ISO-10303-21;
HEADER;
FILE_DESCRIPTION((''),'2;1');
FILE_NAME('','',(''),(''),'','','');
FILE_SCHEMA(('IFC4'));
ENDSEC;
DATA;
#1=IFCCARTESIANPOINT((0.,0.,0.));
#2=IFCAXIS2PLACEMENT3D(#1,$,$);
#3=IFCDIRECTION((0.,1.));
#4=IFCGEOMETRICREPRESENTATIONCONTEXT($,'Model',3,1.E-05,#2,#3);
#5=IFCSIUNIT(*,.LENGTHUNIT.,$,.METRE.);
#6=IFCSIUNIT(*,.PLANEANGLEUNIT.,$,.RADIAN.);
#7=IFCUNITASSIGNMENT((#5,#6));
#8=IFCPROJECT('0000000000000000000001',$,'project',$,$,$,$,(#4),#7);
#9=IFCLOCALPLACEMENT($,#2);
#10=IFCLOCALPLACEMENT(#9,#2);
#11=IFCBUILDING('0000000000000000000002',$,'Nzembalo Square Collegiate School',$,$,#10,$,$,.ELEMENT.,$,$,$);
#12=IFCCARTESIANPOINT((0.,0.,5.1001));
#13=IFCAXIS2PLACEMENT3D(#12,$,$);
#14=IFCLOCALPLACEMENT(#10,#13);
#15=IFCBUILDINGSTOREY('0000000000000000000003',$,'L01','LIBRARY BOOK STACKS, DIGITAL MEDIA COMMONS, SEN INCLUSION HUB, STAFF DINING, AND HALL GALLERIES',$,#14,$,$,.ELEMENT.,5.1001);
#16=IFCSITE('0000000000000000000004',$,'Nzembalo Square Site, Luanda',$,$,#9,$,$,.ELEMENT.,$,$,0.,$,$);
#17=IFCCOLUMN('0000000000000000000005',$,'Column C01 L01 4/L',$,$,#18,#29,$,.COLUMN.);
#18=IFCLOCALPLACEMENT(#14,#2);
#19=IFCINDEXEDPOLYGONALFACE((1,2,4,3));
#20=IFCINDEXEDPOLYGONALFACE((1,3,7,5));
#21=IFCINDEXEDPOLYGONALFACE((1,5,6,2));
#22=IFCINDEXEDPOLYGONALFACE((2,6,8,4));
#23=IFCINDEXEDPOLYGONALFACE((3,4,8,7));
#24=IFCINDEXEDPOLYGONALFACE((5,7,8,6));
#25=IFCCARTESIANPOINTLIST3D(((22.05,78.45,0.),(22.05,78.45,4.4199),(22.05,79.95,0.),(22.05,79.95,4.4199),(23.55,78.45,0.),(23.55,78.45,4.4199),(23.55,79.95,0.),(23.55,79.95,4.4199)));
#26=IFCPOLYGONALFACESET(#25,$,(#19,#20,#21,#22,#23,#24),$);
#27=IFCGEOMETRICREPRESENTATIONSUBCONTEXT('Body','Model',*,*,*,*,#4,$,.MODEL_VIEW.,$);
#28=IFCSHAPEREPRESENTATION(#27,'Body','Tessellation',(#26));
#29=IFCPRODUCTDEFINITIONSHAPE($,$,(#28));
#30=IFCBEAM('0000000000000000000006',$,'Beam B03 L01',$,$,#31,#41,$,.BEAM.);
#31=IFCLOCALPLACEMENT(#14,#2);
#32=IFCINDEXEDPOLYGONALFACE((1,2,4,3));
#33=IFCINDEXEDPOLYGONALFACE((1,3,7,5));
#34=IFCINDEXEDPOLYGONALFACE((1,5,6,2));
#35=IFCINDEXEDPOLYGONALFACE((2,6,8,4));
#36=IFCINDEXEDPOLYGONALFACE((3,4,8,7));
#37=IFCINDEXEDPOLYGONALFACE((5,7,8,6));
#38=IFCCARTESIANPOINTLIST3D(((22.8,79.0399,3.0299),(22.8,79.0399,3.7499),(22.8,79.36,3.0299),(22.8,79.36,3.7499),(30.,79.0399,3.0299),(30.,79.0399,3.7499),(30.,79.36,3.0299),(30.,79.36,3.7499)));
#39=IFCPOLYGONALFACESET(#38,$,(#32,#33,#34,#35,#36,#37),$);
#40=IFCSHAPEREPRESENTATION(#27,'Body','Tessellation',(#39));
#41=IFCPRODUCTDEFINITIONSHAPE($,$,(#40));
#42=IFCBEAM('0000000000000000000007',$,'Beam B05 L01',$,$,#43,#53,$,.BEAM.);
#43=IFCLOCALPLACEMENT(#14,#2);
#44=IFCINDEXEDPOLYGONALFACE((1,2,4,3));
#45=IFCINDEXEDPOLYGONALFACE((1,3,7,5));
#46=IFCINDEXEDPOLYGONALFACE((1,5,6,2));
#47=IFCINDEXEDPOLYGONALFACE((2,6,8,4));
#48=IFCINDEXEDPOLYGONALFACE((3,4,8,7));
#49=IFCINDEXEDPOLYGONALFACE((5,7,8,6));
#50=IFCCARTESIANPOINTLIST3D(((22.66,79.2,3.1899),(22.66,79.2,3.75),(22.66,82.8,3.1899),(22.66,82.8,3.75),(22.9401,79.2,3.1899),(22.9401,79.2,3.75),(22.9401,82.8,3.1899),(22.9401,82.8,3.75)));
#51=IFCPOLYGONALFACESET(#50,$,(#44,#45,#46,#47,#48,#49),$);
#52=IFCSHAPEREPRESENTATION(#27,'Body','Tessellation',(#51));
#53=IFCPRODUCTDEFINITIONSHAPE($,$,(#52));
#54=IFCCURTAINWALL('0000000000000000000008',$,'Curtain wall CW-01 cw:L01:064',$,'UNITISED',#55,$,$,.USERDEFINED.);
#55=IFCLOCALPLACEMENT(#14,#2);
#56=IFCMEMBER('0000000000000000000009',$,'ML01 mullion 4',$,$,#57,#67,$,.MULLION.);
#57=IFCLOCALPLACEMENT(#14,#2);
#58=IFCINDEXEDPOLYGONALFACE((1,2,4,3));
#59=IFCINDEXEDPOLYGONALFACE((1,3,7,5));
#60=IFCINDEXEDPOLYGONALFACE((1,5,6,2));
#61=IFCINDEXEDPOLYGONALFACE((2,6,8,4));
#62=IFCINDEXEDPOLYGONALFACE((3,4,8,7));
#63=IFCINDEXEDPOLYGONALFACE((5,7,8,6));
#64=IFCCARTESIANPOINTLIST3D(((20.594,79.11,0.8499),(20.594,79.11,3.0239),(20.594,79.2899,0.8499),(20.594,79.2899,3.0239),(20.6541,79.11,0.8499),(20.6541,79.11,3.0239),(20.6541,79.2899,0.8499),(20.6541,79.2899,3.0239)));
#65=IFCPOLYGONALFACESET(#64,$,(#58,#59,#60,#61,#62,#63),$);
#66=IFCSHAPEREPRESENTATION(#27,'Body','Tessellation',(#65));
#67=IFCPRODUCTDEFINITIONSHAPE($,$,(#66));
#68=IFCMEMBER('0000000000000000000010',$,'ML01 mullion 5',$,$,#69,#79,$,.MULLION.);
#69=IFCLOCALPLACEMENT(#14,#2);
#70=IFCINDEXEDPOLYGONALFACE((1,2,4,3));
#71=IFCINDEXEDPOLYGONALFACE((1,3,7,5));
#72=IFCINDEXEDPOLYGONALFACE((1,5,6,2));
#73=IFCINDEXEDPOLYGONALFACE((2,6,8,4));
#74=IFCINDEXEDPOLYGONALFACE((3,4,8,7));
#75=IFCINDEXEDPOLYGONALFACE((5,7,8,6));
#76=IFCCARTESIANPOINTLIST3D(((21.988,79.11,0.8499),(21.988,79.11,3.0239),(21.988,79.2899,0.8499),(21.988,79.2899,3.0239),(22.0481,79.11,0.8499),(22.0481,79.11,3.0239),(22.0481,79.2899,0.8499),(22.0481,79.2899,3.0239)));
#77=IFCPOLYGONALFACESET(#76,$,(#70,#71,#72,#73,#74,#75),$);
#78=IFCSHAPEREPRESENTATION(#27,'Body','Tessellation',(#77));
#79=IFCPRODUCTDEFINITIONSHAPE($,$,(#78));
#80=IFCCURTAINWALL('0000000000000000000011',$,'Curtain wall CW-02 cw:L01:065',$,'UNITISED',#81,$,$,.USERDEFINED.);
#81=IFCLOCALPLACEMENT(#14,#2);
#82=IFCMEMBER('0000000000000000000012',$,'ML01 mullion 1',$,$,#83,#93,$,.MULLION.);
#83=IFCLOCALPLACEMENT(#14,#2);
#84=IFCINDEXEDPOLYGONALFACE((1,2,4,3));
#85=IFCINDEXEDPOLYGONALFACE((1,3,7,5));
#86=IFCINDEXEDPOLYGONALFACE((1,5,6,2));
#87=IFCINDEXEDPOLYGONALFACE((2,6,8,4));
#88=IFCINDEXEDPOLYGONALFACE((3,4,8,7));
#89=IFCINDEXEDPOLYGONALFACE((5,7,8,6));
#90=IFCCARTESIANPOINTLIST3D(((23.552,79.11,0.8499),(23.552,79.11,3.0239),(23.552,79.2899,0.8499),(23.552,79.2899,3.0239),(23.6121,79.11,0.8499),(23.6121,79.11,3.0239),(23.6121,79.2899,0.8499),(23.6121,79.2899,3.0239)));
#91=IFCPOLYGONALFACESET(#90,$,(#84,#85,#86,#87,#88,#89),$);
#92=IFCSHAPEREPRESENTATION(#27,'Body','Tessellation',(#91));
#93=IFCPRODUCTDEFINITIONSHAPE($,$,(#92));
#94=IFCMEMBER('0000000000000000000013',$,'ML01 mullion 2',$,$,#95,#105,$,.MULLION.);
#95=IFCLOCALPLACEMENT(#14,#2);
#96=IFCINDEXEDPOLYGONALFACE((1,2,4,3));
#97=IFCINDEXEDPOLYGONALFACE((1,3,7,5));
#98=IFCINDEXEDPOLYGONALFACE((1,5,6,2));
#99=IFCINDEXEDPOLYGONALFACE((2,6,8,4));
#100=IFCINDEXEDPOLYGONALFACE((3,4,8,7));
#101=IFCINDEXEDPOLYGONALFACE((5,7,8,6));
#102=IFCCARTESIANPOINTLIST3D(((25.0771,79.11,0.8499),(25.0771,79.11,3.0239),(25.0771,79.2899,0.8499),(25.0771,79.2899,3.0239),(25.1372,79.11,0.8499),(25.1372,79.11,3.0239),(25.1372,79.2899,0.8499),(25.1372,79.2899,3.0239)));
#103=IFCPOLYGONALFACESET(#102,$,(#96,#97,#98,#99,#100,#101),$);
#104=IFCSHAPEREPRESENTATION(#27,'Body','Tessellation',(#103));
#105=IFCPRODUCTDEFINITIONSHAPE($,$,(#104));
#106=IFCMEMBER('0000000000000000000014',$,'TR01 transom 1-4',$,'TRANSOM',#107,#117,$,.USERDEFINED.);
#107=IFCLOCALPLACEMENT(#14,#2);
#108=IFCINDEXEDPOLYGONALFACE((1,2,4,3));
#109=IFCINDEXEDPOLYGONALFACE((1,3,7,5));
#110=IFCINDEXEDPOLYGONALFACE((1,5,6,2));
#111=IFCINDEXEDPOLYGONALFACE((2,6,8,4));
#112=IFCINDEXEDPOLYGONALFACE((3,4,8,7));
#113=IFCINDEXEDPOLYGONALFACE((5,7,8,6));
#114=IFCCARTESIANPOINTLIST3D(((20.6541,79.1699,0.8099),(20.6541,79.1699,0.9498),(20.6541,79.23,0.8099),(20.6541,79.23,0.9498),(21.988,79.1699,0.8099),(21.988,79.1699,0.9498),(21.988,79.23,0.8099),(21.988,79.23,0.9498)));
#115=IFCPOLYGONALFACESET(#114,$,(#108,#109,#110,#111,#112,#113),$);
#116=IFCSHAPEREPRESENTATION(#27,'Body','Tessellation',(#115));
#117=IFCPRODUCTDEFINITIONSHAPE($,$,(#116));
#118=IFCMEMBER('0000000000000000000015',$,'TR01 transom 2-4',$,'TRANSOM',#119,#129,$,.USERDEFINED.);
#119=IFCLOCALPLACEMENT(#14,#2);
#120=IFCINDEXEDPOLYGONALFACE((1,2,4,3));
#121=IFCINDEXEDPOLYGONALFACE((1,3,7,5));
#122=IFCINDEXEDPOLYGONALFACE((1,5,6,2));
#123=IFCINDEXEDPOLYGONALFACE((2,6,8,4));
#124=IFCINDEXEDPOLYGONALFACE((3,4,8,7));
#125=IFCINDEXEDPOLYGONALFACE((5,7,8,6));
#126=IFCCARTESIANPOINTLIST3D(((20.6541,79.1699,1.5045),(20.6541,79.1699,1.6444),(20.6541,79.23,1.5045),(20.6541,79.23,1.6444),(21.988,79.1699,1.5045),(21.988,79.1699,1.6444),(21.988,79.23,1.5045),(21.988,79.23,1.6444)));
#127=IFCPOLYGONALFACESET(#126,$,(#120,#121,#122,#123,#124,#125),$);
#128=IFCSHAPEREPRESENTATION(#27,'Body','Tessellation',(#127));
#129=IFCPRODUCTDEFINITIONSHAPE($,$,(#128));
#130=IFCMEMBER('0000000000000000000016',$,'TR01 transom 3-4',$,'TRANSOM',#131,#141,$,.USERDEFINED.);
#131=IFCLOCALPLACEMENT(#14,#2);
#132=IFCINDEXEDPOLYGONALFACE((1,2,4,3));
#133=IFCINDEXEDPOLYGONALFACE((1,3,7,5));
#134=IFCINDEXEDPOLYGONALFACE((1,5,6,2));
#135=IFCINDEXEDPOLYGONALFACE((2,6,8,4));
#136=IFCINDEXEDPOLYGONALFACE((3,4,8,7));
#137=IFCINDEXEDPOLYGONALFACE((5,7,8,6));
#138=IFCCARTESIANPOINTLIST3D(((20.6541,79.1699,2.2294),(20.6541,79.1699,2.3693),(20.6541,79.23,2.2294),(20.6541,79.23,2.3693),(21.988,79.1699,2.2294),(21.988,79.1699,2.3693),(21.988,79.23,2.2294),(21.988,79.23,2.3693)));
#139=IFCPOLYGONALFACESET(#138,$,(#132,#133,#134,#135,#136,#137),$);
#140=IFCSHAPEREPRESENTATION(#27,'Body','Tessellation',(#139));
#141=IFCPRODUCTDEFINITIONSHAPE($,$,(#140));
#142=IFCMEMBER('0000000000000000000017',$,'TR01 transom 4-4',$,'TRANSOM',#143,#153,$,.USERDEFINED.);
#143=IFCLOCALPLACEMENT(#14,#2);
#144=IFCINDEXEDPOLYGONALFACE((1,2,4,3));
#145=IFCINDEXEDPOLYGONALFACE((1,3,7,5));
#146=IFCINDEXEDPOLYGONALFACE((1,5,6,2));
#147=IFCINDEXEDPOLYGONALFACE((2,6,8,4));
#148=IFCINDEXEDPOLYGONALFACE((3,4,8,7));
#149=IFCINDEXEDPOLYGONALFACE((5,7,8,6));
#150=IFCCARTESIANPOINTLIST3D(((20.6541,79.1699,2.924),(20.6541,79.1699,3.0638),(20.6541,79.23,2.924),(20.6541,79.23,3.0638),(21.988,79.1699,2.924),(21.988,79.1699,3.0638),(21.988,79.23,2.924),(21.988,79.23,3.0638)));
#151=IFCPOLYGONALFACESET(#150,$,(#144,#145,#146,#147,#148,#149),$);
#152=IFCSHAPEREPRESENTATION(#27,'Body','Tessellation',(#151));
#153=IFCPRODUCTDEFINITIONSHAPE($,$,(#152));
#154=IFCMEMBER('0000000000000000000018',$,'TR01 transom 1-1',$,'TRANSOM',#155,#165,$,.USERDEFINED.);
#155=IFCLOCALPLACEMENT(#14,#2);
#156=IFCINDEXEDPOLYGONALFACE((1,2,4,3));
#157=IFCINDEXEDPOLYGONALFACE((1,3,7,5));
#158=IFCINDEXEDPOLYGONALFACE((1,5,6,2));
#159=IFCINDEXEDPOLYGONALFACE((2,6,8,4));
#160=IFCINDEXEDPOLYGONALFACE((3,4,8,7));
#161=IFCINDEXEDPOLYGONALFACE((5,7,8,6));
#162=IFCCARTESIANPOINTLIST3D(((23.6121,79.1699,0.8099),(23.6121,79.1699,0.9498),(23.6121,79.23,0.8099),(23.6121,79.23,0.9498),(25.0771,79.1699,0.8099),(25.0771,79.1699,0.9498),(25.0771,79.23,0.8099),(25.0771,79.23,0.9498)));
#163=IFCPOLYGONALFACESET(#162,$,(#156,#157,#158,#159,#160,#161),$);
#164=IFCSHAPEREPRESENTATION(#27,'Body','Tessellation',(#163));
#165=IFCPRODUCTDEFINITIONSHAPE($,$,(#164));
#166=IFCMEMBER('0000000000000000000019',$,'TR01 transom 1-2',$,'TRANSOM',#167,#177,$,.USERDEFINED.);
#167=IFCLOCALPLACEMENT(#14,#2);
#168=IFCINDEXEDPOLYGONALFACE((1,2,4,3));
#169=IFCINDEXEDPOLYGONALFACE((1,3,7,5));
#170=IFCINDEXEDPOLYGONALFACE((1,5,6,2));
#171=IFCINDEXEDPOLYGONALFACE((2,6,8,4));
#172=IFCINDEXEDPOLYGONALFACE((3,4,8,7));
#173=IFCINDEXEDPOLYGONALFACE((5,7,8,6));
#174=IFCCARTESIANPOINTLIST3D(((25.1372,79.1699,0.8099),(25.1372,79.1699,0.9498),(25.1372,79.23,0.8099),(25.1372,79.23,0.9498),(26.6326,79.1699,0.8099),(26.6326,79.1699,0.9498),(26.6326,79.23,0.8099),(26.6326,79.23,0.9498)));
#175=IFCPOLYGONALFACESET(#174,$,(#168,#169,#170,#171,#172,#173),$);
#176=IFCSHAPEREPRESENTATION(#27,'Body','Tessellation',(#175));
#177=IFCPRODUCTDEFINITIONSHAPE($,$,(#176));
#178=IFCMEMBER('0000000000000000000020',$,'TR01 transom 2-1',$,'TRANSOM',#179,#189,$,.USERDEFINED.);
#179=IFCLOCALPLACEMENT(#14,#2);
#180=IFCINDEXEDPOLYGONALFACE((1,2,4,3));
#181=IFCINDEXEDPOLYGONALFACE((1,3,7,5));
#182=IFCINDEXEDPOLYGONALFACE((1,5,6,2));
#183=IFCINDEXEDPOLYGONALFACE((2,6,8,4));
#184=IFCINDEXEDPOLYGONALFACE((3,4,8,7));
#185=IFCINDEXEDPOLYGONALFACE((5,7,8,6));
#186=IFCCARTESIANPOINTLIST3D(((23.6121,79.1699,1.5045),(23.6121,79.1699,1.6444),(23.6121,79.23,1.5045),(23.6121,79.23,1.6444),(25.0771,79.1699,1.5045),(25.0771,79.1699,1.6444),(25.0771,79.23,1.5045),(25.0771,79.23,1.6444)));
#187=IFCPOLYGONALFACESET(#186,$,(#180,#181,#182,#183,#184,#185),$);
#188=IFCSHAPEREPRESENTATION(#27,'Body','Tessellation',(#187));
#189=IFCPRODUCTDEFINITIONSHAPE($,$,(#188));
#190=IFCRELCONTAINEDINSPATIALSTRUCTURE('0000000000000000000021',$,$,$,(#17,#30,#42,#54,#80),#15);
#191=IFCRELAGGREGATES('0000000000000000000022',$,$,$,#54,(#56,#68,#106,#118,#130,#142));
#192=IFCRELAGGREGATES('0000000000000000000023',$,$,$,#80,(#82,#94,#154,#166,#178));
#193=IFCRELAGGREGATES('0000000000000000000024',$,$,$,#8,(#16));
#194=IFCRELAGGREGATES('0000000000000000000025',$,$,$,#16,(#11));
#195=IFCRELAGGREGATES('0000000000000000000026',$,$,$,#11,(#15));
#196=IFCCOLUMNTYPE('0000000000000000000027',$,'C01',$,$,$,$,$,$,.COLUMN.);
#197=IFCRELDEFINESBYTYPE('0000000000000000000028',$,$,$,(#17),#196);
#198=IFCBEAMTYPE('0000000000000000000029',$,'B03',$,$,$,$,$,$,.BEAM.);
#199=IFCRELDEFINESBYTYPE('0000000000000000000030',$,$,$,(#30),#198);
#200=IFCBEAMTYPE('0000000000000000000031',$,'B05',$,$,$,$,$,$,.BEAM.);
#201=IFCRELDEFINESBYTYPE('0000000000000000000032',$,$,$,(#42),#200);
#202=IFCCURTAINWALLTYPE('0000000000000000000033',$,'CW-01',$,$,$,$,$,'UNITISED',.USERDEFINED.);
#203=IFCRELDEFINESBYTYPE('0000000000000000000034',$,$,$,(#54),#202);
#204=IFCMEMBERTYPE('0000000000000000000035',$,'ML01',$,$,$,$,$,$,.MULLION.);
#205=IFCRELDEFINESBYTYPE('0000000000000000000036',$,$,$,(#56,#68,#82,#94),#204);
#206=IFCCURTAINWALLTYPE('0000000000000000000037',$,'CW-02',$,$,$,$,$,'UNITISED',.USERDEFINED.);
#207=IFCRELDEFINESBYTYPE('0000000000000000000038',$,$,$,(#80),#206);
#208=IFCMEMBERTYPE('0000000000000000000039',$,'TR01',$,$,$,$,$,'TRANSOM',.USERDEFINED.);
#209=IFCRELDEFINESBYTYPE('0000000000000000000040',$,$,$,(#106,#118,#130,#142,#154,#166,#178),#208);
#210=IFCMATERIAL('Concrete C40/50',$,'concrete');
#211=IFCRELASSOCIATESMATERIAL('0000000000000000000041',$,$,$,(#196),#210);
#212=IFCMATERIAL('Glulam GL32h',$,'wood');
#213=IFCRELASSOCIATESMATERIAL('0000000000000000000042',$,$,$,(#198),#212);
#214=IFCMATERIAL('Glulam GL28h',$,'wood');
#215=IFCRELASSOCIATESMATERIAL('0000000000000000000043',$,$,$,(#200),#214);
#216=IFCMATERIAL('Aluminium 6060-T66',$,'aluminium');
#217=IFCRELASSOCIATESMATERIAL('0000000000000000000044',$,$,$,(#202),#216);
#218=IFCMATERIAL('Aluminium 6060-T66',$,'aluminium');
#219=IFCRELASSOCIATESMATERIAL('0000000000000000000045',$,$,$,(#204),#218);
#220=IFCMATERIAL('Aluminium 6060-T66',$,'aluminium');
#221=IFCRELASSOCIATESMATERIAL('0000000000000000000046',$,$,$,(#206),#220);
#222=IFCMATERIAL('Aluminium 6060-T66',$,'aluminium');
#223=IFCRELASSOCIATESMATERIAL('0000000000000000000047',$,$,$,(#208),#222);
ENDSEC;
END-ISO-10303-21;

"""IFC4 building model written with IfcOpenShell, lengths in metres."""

from ifc_helpers import new_model, si_unit, direction, frame, origin, origin_2d, place, context, subcontext, project, spatial, rectangle, extrude, material, material_profile, profile_set, type_object, element, aggregate, save


model = new_model("IFC4")

# Units and contexts
model_context = context("Model", 3, precision=1e-05, world=origin(), true_north=direction((0.0, 1.0)))
body_context = subcontext(model_context, "Body", "Model", "MODEL_VIEW")
ifc_project = project(units=[si_unit("LENGTHUNIT", "METRE"), si_unit("PLANEANGLEUNIT", "RADIAN")], contexts=[model_context])

# Site, building, storey
site_placement = place(None, origin())
site = spatial("IfcSite", under=ifc_project, at=site_placement, Name="Nzembalo Square Site, Luanda", CompositionType="ELEMENT", RefElevation=0.0)
building_placement = place(site_placement, origin())
building = spatial("IfcBuilding", under=site, at=building_placement, Name="Nzembalo Square Collegiate School", CompositionType="ELEMENT")
storey_placement = place(building_placement, frame((0.0, 0.0, 5.1001)))
storey = spatial("IfcBuildingStorey", under=building, at=storey_placement, Name="L01", Description="LIBRARY BOOK STACKS, DIGITAL MEDIA COMMONS, SEN INCLUSION HUB, STAFF DINING, AND HALL GALLERIES", CompositionType="ELEMENT", Elevation=5.1001)

# Column
ifc_material_1 = material(Name="Concrete C40/50", Category="concrete")
ifc_material_profile_1 = material_profile(ifc_material_1, rectangle(XDim=1.5, YDim=1.5, at=origin_2d()), Name="RC 1500x1500")
ifc_profile_set_1 = profile_set([ifc_material_profile_1], Name="Concrete C40/50")
column_type = type_object("IfcColumnType", Name="C01", PredefinedType="COLUMN", material=ifc_profile_set_1)
column_placement = place(storey_placement, frame((22.8, 79.2, 0.0), z_axis=(0.0, 0.0, 1.0), x_axis=(1.0, 0.0, 0.0)))
element("IfcColumn", 1, at=column_placement, inside=storey, type_object=column_type, Name="Column C01 L01 4/L", PredefinedType="COLUMN", context=body_context, shape_type="SweptSolid", body=[
    extrude(rectangle(XDim=1.5, YDim=1.5, at=origin_2d()), origin(), (0.0, 0.0, 1.0), 4.4199),
])

# Beams
ifc_material_2 = material(Name="Glulam GL32h", Category="wood")
ifc_material_profile_2 = material_profile(ifc_material_2, rectangle(XDim=0.3201, YDim=0.72, at=origin_2d()), Name="GL32h 320x720")
ifc_profile_set_2 = profile_set([ifc_material_profile_2], Name="Glulam GL32h")
beam_type_1 = type_object("IfcBeamType", Name="B03", PredefinedType="BEAM", material=ifc_profile_set_2)
beam_1_placement = place(storey_placement, frame((22.8, 79.2, 3.3899), z_axis=(1.0, 0.0, 0.0), x_axis=(0.0, 1.0, 0.0)))
element("IfcBeam", 2, at=beam_1_placement, inside=storey, type_object=beam_type_1, Name="Beam B03 L01", PredefinedType="BEAM", context=body_context, shape_type="SweptSolid", body=[
    extrude(rectangle(XDim=0.3201, YDim=0.72, at=origin_2d()), origin(), (0.0, 0.0, 1.0), 7.2),
])
ifc_material_3 = material(Name="Glulam GL28h", Category="wood")
ifc_material_profile_3 = material_profile(ifc_material_3, rectangle(XDim=0.28, YDim=0.5601, at=origin_2d()), Name="GL28h 280x560")
ifc_profile_set_3 = profile_set([ifc_material_profile_3], Name="Glulam GL28h")
beam_type_2 = type_object("IfcBeamType", Name="B05", PredefinedType="BEAM", material=ifc_profile_set_3)
beam_2_placement = place(storey_placement, frame((22.8, 79.2, 3.47), z_axis=(0.0, 1.0, 0.0), x_axis=(-1.0, 0.0, 0.0)))
element("IfcBeam", 3, at=beam_2_placement, inside=storey, type_object=beam_type_2, Name="Beam B05 L01", PredefinedType="BEAM", context=body_context, shape_type="SweptSolid", body=[
    extrude(rectangle(XDim=0.28, YDim=0.5601, at=origin_2d()), origin(), (0.0, 0.0, 1.0), 3.6001),
])

# Curtain walls, members
ifc_material_4 = material(Name="Aluminium 6060-T66", Category="aluminium")
curtain_wall_type_1 = type_object("IfcCurtainWallType", Name="CW-01", ElementType="UNITISED", PredefinedType="USERDEFINED", material=ifc_material_4)
curtain_wall_1_placement = place(storey_placement, origin())
curtain_wall_1 = element("IfcCurtainWall", 4, at=curtain_wall_1_placement, inside=storey, type_object=curtain_wall_type_1, Name="Curtain wall CW-01 cw:L01:064", ObjectType="UNITISED", PredefinedType="USERDEFINED")
ifc_material_5 = material(Name="Aluminium 6060-T66", Category="aluminium")
ifc_material_profile_4 = material_profile(ifc_material_5, rectangle(XDim=0.0601, YDim=0.1799, at=origin_2d()), Name="ALU M60x180")
ifc_profile_set_4 = profile_set([ifc_material_profile_4], Name="Aluminium 6060-T66")
member_type_1 = type_object("IfcMemberType", Name="ML01", PredefinedType="MULLION", material=ifc_profile_set_4)
member_1_placement = place(storey_placement, frame((20.624, 79.2, 0.8499), z_axis=(0.0, 0.0, 1.0), x_axis=(1.0, 0.0, 0.0)))
member_1 = element("IfcMember", 5, at=member_1_placement, type_object=member_type_1, Name="ML01 mullion 4", PredefinedType="MULLION", context=body_context, shape_type="SweptSolid", body=[
    extrude(rectangle(XDim=0.0601, YDim=0.1799, at=origin_2d()), origin(), (0.0, 0.0, 1.0), 2.1741),
])
member_2_placement = place(storey_placement, frame((22.0181, 79.2, 0.8499), z_axis=(0.0, 0.0, 1.0), x_axis=(1.0, 0.0, 0.0)))
member_2 = element("IfcMember", 6, at=member_2_placement, type_object=member_type_1, Name="ML01 mullion 5", PredefinedType="MULLION", context=body_context, shape_type="SweptSolid", body=[
    extrude(rectangle(XDim=0.0601, YDim=0.1799, at=origin_2d()), origin(), (0.0, 0.0, 1.0), 2.1741),
])
ifc_material_6 = material(Name="Aluminium 6060-T66", Category="aluminium")
curtain_wall_type_2 = type_object("IfcCurtainWallType", Name="CW-02", ElementType="UNITISED", PredefinedType="USERDEFINED", material=ifc_material_6)
curtain_wall_2_placement = place(storey_placement, origin())
curtain_wall_2 = element("IfcCurtainWall", 7, at=curtain_wall_2_placement, inside=storey, type_object=curtain_wall_type_2, Name="Curtain wall CW-02 cw:L01:065", ObjectType="UNITISED", PredefinedType="USERDEFINED")
member_3_placement = place(storey_placement, frame((23.582, 79.2, 0.8499), z_axis=(0.0, 0.0, 1.0), x_axis=(1.0, 0.0, 0.0)))
member_3 = element("IfcMember", 8, at=member_3_placement, type_object=member_type_1, Name="ML01 mullion 1", PredefinedType="MULLION", context=body_context, shape_type="SweptSolid", body=[
    extrude(rectangle(XDim=0.0601, YDim=0.1799, at=origin_2d()), origin(), (0.0, 0.0, 1.0), 2.1741),
])
member_4_placement = place(storey_placement, frame((25.1072, 79.2, 0.8499), z_axis=(0.0, 0.0, 1.0), x_axis=(1.0, 0.0, 0.0)))
member_4 = element("IfcMember", 9, at=member_4_placement, type_object=member_type_1, Name="ML01 mullion 2", PredefinedType="MULLION", context=body_context, shape_type="SweptSolid", body=[
    extrude(rectangle(XDim=0.0601, YDim=0.1799, at=origin_2d()), origin(), (0.0, 0.0, 1.0), 2.1741),
])

# Members
ifc_material_7 = material(Name="Aluminium 6060-T66", Category="aluminium")
ifc_material_profile_5 = material_profile(ifc_material_7, rectangle(XDim=0.0601, YDim=0.1399, at=origin_2d()), Name="ALU T60x140")
ifc_profile_set_5 = profile_set([ifc_material_profile_5], Name="Aluminium 6060-T66")
member_type_2 = type_object("IfcMemberType", Name="TR01", ElementType="TRANSOM", PredefinedType="USERDEFINED", material=ifc_profile_set_5)
member_5_placement = place(storey_placement, frame((20.6541, 79.2, 0.8799), z_axis=(1.0, 0.0, 0.0), x_axis=(0.0, 1.0, 0.0)))
member_5 = element("IfcMember", 10, at=member_5_placement, type_object=member_type_2, Name="TR01 transom 1-4", ObjectType="TRANSOM", PredefinedType="USERDEFINED", context=body_context, shape_type="SweptSolid", body=[
    extrude(rectangle(XDim=0.0601, YDim=0.1399, at=origin_2d()), origin(), (0.0, 0.0, 1.0), 1.334),
])
member_6_placement = place(storey_placement, frame((20.6541, 79.2, 1.5745), z_axis=(1.0, 0.0, 0.0), x_axis=(0.0, 1.0, 0.0)))
member_6 = element("IfcMember", 11, at=member_6_placement, type_object=member_type_2, Name="TR01 transom 2-4", ObjectType="TRANSOM", PredefinedType="USERDEFINED", context=body_context, shape_type="SweptSolid", body=[
    extrude(rectangle(XDim=0.0601, YDim=0.1399, at=origin_2d()), origin(), (0.0, 0.0, 1.0), 1.334),
])
member_7_placement = place(storey_placement, frame((20.6541, 79.2, 2.2993), z_axis=(1.0, 0.0, 0.0), x_axis=(0.0, 1.0, 0.0)))
member_7 = element("IfcMember", 12, at=member_7_placement, type_object=member_type_2, Name="TR01 transom 3-4", ObjectType="TRANSOM", PredefinedType="USERDEFINED", context=body_context, shape_type="SweptSolid", body=[
    extrude(rectangle(XDim=0.0601, YDim=0.1399, at=origin_2d()), origin(), (0.0, 0.0, 1.0), 1.334),
])
member_8_placement = place(storey_placement, frame((20.6541, 79.2, 2.9939), z_axis=(1.0, 0.0, 0.0), x_axis=(0.0, 1.0, 0.0)))
member_8 = element("IfcMember", 13, at=member_8_placement, type_object=member_type_2, Name="TR01 transom 4-4", ObjectType="TRANSOM", PredefinedType="USERDEFINED", context=body_context, shape_type="SweptSolid", body=[
    extrude(rectangle(XDim=0.0601, YDim=0.1399, at=origin_2d()), origin(), (0.0, 0.0, 1.0), 1.334),
])
member_9_placement = place(storey_placement, frame((23.6121, 79.2, 0.8799), z_axis=(1.0, 0.0, 0.0), x_axis=(0.0, 1.0, 0.0)))
member_9 = element("IfcMember", 14, at=member_9_placement, type_object=member_type_2, Name="TR01 transom 1-1", ObjectType="TRANSOM", PredefinedType="USERDEFINED", context=body_context, shape_type="SweptSolid", body=[
    extrude(rectangle(XDim=0.0601, YDim=0.1399, at=origin_2d()), origin(), (0.0, 0.0, 1.0), 1.4651),
])
member_10_placement = place(storey_placement, frame((25.1372, 79.2, 0.8799), z_axis=(1.0, 0.0, 0.0), x_axis=(0.0, 1.0, 0.0)))
member_10 = element("IfcMember", 15, at=member_10_placement, type_object=member_type_2, Name="TR01 transom 1-2", ObjectType="TRANSOM", PredefinedType="USERDEFINED", context=body_context, shape_type="SweptSolid", body=[
    extrude(rectangle(XDim=0.0601, YDim=0.1399, at=origin_2d()), origin(), (0.0, 0.0, 1.0), 1.4954),
])
member_11_placement = place(storey_placement, frame((23.6121, 79.2, 1.5745), z_axis=(1.0, 0.0, 0.0), x_axis=(0.0, 1.0, 0.0)))
member_11 = element("IfcMember", 16, at=member_11_placement, type_object=member_type_2, Name="TR01 transom 2-1", ObjectType="TRANSOM", PredefinedType="USERDEFINED", context=body_context, shape_type="SweptSolid", body=[
    extrude(rectangle(XDim=0.0601, YDim=0.1399, at=origin_2d()), origin(), (0.0, 0.0, 1.0), 1.4651),
])

aggregate(curtain_wall_1, [member_1, member_2, member_5, member_6, member_7, member_8])
aggregate(curtain_wall_2, [member_3, member_4, member_9, member_10, member_11])

save(model, "model.ifc")
